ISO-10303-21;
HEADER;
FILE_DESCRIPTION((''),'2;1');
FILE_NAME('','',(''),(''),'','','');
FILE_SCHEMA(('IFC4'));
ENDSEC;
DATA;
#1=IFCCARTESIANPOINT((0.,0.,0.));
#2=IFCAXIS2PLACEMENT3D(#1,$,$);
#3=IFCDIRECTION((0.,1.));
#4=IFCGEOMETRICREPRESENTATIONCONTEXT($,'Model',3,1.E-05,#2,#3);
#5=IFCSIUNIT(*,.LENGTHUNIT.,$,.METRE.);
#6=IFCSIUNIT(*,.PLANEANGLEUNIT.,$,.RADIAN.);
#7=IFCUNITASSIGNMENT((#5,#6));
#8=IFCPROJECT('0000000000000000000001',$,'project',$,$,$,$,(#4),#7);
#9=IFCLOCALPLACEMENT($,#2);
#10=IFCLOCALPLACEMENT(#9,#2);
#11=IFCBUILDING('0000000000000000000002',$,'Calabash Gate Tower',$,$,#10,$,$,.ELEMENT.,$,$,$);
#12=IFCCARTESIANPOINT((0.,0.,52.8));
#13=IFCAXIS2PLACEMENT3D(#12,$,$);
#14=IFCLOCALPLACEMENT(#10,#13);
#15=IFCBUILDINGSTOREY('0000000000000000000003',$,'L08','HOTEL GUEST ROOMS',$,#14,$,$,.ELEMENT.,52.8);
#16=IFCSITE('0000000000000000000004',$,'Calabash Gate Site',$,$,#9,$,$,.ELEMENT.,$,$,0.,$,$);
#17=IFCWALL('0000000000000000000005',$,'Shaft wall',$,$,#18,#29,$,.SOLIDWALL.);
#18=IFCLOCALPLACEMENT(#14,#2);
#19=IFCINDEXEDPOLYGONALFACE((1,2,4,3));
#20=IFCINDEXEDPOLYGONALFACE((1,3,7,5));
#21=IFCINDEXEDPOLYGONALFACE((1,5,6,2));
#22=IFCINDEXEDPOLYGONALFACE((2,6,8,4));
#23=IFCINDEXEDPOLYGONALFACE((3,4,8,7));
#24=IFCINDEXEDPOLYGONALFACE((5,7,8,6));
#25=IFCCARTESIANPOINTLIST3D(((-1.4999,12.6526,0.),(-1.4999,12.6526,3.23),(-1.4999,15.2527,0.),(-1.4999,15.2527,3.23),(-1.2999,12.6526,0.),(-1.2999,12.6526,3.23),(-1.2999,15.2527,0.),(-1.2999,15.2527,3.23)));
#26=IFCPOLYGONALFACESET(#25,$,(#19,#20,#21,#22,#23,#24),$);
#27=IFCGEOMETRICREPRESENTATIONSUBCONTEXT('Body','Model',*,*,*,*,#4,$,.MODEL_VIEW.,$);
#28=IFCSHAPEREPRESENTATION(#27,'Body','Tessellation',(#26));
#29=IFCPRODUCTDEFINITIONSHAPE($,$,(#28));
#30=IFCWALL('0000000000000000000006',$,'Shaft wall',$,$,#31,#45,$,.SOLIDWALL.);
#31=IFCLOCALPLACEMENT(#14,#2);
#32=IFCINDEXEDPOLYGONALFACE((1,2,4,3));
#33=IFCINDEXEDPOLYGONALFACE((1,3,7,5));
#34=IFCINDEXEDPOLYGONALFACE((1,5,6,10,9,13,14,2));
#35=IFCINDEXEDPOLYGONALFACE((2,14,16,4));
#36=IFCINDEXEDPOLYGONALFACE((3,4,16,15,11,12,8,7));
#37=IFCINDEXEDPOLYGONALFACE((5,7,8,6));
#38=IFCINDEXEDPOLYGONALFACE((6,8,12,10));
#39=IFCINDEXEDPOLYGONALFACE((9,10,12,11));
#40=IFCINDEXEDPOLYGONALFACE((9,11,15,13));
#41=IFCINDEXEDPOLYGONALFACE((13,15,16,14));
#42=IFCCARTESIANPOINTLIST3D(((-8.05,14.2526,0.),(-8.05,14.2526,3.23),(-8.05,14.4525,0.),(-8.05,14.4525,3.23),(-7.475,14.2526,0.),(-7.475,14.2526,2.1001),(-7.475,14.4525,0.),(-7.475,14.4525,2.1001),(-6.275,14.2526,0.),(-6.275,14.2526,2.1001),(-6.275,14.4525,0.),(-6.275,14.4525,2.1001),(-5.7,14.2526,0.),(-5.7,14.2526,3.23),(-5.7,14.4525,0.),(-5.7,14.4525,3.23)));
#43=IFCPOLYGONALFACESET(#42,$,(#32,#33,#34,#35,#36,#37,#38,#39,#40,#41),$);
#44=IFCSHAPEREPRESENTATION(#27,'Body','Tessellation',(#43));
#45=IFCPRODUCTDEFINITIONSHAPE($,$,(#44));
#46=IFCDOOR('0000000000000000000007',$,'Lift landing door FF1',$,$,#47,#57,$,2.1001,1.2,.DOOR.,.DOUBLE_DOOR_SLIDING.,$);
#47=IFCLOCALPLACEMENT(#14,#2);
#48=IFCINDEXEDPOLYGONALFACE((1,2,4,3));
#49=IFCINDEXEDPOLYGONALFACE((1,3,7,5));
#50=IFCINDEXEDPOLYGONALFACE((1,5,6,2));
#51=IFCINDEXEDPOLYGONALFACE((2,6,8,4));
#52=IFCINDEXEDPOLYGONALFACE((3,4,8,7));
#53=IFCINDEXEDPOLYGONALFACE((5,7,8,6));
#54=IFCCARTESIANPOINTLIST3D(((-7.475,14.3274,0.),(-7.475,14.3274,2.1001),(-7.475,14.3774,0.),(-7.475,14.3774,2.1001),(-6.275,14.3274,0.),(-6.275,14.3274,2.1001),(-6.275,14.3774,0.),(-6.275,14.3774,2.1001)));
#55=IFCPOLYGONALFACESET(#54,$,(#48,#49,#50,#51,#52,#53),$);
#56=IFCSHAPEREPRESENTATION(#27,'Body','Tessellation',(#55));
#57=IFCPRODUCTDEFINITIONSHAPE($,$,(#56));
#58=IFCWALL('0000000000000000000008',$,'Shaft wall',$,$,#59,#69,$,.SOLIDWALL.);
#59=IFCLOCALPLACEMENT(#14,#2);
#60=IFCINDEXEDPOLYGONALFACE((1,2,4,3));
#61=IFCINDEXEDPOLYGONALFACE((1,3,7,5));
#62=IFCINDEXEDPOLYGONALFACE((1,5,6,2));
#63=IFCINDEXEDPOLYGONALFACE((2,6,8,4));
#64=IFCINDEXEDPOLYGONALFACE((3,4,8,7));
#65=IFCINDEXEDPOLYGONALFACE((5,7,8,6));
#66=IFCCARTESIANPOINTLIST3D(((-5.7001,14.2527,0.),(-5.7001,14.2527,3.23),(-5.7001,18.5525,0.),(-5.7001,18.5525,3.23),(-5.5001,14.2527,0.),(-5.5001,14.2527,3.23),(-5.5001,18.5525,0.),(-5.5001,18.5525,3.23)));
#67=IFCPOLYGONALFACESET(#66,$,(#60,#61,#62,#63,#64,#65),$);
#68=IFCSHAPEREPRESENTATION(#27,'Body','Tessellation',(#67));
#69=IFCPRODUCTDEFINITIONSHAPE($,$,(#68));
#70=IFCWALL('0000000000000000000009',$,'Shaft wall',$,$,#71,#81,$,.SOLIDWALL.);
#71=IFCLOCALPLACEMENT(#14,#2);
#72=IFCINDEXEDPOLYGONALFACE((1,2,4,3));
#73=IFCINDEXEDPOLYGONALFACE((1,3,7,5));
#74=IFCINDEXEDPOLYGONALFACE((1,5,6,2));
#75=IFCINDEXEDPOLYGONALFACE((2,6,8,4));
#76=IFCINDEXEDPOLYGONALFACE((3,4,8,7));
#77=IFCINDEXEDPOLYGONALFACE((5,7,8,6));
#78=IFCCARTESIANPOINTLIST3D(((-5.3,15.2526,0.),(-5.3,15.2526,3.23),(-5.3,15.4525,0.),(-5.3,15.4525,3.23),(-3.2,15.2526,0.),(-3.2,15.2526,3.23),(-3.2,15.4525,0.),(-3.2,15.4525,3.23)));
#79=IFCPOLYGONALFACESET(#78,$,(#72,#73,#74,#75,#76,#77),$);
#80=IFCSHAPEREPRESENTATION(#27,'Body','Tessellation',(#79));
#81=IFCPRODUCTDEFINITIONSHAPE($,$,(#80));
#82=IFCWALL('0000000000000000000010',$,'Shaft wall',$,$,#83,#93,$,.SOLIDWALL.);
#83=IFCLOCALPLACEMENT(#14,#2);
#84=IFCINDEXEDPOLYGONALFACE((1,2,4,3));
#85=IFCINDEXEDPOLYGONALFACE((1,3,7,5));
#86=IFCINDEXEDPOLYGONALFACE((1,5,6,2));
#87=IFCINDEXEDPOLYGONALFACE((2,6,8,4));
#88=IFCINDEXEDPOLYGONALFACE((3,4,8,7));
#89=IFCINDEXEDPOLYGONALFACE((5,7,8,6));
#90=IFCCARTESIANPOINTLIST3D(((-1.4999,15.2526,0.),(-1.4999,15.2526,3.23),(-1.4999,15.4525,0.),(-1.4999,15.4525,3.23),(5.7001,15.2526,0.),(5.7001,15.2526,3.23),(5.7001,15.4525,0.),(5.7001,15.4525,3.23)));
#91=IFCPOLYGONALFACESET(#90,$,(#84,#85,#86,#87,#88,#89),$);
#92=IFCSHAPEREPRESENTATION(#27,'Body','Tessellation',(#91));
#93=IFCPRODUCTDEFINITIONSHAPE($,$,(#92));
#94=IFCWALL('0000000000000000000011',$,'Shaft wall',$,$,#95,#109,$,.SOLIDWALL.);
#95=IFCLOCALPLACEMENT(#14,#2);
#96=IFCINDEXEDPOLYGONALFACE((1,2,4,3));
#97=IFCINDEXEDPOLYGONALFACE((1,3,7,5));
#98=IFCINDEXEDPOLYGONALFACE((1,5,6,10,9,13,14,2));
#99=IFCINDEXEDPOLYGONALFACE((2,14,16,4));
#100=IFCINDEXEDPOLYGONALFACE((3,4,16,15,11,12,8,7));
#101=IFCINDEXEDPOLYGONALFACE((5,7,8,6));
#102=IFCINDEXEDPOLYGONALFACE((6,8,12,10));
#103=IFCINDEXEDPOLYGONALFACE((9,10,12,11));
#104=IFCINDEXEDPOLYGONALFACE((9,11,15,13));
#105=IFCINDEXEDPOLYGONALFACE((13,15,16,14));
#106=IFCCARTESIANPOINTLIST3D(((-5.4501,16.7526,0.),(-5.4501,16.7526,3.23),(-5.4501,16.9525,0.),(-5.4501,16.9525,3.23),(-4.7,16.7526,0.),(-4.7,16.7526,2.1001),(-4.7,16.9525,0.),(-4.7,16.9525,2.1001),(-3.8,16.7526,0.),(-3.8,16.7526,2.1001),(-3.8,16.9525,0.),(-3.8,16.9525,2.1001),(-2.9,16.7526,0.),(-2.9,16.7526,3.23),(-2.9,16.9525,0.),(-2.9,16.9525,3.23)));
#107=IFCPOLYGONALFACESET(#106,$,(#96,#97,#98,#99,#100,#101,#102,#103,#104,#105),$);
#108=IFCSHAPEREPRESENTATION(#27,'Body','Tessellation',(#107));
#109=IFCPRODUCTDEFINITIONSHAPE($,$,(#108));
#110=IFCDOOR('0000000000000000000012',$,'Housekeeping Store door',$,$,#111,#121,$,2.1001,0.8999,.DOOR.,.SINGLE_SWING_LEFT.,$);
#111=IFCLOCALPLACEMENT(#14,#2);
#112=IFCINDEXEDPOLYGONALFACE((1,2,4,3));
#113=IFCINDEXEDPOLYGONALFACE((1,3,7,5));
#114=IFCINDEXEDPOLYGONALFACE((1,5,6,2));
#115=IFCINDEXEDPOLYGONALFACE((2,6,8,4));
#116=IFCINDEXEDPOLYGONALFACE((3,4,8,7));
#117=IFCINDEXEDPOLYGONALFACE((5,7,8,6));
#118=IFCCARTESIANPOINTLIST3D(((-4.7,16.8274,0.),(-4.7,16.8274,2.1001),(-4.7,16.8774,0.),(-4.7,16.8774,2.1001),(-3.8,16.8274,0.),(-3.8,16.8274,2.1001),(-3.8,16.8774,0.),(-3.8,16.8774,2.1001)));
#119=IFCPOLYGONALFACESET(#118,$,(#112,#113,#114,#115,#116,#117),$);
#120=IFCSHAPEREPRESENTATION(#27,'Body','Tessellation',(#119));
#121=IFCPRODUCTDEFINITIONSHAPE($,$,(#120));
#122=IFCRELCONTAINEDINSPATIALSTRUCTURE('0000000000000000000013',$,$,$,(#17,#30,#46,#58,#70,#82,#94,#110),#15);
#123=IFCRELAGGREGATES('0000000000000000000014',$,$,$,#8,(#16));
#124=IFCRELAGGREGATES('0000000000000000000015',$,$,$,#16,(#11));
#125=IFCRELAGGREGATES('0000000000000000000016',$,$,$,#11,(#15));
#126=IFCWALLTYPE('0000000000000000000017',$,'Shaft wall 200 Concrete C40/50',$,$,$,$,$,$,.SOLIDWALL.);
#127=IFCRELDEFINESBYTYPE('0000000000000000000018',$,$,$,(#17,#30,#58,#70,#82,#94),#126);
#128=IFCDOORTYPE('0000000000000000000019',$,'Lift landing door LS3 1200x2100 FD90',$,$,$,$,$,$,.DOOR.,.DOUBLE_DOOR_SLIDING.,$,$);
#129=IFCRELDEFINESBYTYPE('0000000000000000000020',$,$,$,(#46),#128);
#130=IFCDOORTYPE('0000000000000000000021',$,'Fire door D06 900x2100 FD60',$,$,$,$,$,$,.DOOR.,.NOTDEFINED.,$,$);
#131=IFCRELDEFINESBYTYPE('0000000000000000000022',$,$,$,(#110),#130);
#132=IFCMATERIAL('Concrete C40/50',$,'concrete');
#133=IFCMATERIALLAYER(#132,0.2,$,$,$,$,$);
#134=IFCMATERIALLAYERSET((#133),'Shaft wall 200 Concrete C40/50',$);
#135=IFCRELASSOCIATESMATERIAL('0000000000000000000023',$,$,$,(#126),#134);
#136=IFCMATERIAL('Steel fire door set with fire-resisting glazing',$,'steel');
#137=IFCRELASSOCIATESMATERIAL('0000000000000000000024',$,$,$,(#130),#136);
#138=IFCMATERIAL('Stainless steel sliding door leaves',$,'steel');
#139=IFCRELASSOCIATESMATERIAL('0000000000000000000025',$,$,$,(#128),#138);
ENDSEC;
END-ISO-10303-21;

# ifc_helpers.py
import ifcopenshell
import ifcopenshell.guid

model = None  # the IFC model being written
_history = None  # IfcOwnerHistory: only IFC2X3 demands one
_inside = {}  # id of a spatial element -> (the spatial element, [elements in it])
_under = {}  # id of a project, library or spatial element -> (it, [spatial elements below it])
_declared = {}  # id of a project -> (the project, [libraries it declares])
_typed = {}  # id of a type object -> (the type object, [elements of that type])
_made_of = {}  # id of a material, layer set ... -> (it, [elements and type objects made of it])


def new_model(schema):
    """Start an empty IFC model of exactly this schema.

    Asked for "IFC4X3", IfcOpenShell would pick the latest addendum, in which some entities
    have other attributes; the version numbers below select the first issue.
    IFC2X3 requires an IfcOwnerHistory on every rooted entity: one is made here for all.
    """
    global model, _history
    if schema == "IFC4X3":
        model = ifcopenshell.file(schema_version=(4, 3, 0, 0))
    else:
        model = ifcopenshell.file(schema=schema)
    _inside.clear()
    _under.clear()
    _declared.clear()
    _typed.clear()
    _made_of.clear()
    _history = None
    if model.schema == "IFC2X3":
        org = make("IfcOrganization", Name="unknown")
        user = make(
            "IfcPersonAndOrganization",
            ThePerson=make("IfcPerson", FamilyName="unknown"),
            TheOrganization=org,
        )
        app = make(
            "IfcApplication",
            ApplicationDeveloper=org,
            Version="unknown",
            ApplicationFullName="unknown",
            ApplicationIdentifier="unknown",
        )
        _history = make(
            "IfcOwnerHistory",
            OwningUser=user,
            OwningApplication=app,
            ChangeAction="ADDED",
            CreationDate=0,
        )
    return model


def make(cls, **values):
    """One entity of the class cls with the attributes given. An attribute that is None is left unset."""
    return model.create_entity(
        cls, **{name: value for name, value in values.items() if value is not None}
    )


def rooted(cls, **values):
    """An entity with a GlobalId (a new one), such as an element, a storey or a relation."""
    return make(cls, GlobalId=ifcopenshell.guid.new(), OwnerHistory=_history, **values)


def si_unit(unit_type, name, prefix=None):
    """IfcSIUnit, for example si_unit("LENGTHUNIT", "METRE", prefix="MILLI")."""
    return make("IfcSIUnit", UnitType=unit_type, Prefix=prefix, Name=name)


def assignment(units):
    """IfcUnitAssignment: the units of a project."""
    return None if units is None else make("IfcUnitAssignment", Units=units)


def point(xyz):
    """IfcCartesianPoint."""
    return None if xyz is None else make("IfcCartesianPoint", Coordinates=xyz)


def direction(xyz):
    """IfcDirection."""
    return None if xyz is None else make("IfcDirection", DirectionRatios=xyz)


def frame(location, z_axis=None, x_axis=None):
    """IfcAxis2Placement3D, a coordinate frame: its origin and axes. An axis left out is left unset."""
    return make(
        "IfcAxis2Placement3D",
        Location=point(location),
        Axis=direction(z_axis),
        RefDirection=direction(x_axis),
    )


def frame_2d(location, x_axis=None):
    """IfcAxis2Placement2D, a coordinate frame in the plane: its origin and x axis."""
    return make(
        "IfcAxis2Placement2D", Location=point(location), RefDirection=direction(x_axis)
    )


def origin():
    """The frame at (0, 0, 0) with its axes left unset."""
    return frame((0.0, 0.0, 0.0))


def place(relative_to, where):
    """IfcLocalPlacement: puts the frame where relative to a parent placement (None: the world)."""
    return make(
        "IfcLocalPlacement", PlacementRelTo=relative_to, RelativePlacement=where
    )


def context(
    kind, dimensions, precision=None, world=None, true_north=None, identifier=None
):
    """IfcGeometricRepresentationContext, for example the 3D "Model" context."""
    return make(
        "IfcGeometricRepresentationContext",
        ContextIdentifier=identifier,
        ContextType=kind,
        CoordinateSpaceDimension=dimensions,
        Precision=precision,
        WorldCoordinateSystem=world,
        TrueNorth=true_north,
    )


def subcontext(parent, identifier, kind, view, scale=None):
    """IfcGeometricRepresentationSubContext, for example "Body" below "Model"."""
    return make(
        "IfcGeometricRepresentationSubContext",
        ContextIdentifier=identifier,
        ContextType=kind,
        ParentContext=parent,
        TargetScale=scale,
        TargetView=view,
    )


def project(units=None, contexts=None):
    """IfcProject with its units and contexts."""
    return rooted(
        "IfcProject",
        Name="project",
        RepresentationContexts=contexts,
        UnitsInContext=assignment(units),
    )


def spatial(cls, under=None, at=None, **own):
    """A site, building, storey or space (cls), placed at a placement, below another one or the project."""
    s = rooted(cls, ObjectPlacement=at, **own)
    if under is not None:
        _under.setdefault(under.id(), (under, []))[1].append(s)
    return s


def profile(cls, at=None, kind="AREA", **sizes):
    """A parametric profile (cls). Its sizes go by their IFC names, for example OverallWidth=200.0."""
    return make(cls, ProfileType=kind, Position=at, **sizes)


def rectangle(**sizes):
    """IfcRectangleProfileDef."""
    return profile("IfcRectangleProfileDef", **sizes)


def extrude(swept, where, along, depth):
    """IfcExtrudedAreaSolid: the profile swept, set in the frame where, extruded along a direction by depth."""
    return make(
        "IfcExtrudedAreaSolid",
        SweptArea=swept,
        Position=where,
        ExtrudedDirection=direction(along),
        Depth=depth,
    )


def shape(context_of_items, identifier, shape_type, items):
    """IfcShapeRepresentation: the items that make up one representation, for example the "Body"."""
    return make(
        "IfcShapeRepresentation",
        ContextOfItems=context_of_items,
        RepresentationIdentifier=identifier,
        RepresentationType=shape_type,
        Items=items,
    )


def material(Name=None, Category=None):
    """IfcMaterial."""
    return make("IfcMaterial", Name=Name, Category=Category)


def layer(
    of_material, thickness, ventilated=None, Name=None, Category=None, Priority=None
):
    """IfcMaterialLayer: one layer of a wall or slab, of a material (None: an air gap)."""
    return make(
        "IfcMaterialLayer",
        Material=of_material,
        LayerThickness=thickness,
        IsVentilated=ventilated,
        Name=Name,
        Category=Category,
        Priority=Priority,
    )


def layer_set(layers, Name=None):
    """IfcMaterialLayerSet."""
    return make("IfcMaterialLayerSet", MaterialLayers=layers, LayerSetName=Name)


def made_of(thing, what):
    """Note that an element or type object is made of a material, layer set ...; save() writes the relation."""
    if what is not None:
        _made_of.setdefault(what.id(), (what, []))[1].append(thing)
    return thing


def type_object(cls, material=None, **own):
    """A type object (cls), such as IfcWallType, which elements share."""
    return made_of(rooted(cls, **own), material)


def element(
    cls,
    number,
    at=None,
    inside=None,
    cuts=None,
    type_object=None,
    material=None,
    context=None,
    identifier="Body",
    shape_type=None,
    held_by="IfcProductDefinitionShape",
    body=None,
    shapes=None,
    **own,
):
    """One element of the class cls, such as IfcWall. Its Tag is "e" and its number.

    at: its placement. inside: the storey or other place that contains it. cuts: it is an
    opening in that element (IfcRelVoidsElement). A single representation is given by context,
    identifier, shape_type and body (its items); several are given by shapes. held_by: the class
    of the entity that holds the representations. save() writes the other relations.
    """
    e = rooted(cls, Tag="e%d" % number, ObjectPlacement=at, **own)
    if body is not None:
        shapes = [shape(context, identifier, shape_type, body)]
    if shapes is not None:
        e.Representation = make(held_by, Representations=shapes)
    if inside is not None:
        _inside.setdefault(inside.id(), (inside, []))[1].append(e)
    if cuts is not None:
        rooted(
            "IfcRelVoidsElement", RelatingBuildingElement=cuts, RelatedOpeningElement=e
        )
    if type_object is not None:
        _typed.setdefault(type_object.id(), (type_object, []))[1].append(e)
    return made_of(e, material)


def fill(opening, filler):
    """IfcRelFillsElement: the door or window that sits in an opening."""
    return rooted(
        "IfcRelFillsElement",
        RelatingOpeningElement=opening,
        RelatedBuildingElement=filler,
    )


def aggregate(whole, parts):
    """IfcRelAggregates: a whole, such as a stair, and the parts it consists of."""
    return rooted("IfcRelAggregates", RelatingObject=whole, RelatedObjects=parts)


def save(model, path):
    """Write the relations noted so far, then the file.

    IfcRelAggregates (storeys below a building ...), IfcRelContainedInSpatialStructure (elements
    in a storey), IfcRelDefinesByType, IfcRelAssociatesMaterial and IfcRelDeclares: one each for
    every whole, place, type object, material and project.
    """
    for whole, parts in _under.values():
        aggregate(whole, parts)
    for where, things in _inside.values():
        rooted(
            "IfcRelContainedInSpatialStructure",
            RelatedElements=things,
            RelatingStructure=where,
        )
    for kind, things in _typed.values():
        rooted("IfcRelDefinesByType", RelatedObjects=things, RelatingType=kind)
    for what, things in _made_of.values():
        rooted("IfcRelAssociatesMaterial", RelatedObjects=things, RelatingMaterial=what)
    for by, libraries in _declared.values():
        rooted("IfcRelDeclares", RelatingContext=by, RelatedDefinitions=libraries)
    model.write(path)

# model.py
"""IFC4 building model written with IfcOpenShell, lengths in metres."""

from ifc_helpers import new_model, si_unit, direction, frame, frame_2d, origin, place, context, subcontext, project, spatial, rectangle, extrude, material, layer, layer_set, type_object, element, fill, save


model = new_model("IFC4")

# Units and contexts
model_context = context("Model", 3, precision=1e-05, world=origin(), true_north=direction((0.0, 1.0)))
body_context = subcontext(model_context, "Body", "Model", "MODEL_VIEW")
ifc_project = project(units=[si_unit("LENGTHUNIT", "METRE"), si_unit("PLANEANGLEUNIT", "RADIAN")], contexts=[model_context])

# Site, building, storey
site_placement = place(None, origin())
site = spatial("IfcSite", under=ifc_project, at=site_placement, Name="Calabash Gate Site", CompositionType="ELEMENT", RefElevation=0.0)
building_placement = place(site_placement, origin())
building = spatial("IfcBuilding", under=site, at=building_placement, Name="Calabash Gate Tower", CompositionType="ELEMENT")
storey_placement = place(building_placement, frame((0.0, 0.0, 52.8)))
storey = spatial("IfcBuildingStorey", under=building, at=storey_placement, Name="L08", Description="HOTEL GUEST ROOMS", CompositionType="ELEMENT", Elevation=52.8)

# Shared definitions
ifc_material_1 = material(Name="Concrete C40/50", Category="concrete")
ifc_layer_1 = layer(ifc_material_1, 0.2)
ifc_layer_set_1 = layer_set([ifc_layer_1], Name="Shaft wall 200 Concrete C40/50")
wall_type_1 = type_object("IfcWallType", Name="Shaft wall 200 Concrete C40/50", PredefinedType="SOLIDWALL", material=ifc_layer_set_1)
ifc_material_2 = material(Name="Steel fire door set with fire-resisting glazing", Category="steel")
door_type_1 = type_object("IfcDoorType", Name="Fire door D06 900x2100 FD60", OperationType="NOTDEFINED", PredefinedType="DOOR", material=ifc_material_2)

# Wall
for number, where, z_axis, x_axis, name in (
    (1, (-1.3999, 12.6526, 0.0), (0.0, 0.0, 1.0), (0.0, 1.0, 0.0), "Shaft wall"),
):
    element("IfcWall", number, at=place(storey_placement, frame(where, z_axis=z_axis, x_axis=x_axis)), inside=storey, type_object=wall_type_1, Name=name, PredefinedType="SOLIDWALL", context=body_context, shape_type="SweptSolid", body=[
        extrude(rectangle(XDim=2.6001, YDim=0.2, at=frame_2d((1.3, 0.0))), origin(), (0.0, 0.0, 1.0), 3.23),
    ])

# Wall, opening, door
wall_1_placement = place(storey_placement, frame((-8.05, 14.3525, 0.0), z_axis=(0.0, 0.0, 1.0), x_axis=(1.0, 0.0, 0.0)))
wall_1 = element("IfcWall", 2, at=wall_1_placement, inside=storey, type_object=wall_type_1, Name="Shaft wall", PredefinedType="SOLIDWALL", context=body_context, shape_type="SweptSolid", body=[
    extrude(rectangle(XDim=2.3501, YDim=0.2, at=frame_2d((1.175, 0.0))), origin(), (0.0, 0.0, 1.0), 3.23),
])
opening_1_placement = place(wall_1_placement, frame((0.575, 0.0, 0.0)))
opening_1 = element("IfcOpeningElement", 3, at=opening_1_placement, cuts=wall_1, PredefinedType="OPENING", context=body_context, shape_type="SweptSolid", body=[
    extrude(rectangle(XDim=1.2, YDim=2.1001, at=frame_2d((0.6001, 1.05))), frame((0.0, 0.1099, 0.0), z_axis=(0.0, -1.0, 0.0), x_axis=(1.0, 0.0, 0.0)), (0.0, 0.0, 1.0), 0.22),
])
ifc_material_3 = material(Name="Stainless steel sliding door leaves", Category="steel")
door_type_2 = type_object("IfcDoorType", Name="Lift landing door LS3 1200x2100 FD90", OperationType="DOUBLE_DOOR_SLIDING", PredefinedType="DOOR", material=ifc_material_3)
door_1_placement = place(opening_1_placement, origin())
door_1 = element("IfcDoor", 4, at=door_1_placement, inside=storey, type_object=door_type_2, Name="Lift landing door FF1", OperationType="DOUBLE_DOOR_SLIDING", OverallHeight=2.1001, OverallWidth=1.2, PredefinedType="DOOR", context=body_context, shape_type="SweptSolid", body=[
    extrude(rectangle(XDim=1.2, YDim=2.1001, at=frame_2d((0.6001, 1.05))), frame((0.0, 0.0249, 0.0), z_axis=(0.0, -1.0, 0.0), x_axis=(1.0, 0.0, 0.0)), (0.0, 0.0, 1.0), 0.05),
])
fill(opening_1, door_1)

# Walls
wall_2_placement = place(storey_placement, frame((-5.6001, 14.2527, 0.0), z_axis=(0.0, 0.0, 1.0), x_axis=(0.0, 1.0, 0.0)))
element("IfcWall", 5, at=wall_2_placement, inside=storey, type_object=wall_type_1, Name="Shaft wall", PredefinedType="SOLIDWALL", context=body_context, shape_type="SweptSolid", body=[
    extrude(rectangle(XDim=4.2998, YDim=0.2, at=frame_2d((2.1499, 0.0))), origin(), (0.0, 0.0, 1.0), 3.23),
])
wall_3_placement = place(storey_placement, frame((-5.3, 15.3525, 0.0), z_axis=(0.0, 0.0, 1.0), x_axis=(1.0, 0.0, 0.0)))
element("IfcWall", 6, at=wall_3_placement, inside=storey, type_object=wall_type_1, Name="Shaft wall", PredefinedType="SOLIDWALL", context=body_context, shape_type="SweptSolid", body=[
    extrude(rectangle(XDim=2.1001, YDim=0.2, at=frame_2d((1.05, 0.0))), origin(), (0.0, 0.0, 1.0), 3.23),
])
wall_4_placement = place(storey_placement, frame((-1.5, 15.3525, 0.0), z_axis=(0.0, 0.0, 1.0), x_axis=(1.0, 0.0, 0.0)))
element("IfcWall", 7, at=wall_4_placement, inside=storey, type_object=wall_type_1, Name="Shaft wall", PredefinedType="SOLIDWALL", context=body_context, shape_type="SweptSolid", body=[
    extrude(rectangle(XDim=7.2, YDim=0.2, at=frame_2d((3.6001, 0.0))), origin(), (0.0, 0.0, 1.0), 3.23),
])

# Wall, opening, door
wall_5_placement = place(storey_placement, frame((-5.45, 16.8525, 0.0), z_axis=(0.0, 0.0, 1.0), x_axis=(1.0, 0.0, 0.0)))
wall_5 = element("IfcWall", 8, at=wall_5_placement, inside=storey, type_object=wall_type_1, Name="Shaft wall", PredefinedType="SOLIDWALL", context=body_context, shape_type="SweptSolid", body=[
    extrude(rectangle(XDim=2.55, YDim=0.2, at=frame_2d((1.2749, 0.0))), origin(), (0.0, 0.0, 1.0), 3.23),
])
opening_2_placement = place(wall_5_placement, frame((0.75, 0.0, 0.0)))
opening_2 = element("IfcOpeningElement", 9, at=opening_2_placement, cuts=wall_5, PredefinedType="OPENING", context=body_context, shape_type="SweptSolid", body=[
    extrude(rectangle(XDim=0.8999, YDim=2.1001, at=frame_2d((0.45, 1.05))), frame((0.0, 0.1099, 0.0), z_axis=(0.0, -1.0, 0.0), x_axis=(1.0, 0.0, 0.0)), (0.0, 0.0, 1.0), 0.22),
])
door_2_placement = place(opening_2_placement, origin())
door_2 = element("IfcDoor", 10, at=door_2_placement, inside=storey, type_object=door_type_1, Name="Housekeeping Store door", OperationType="SINGLE_SWING_LEFT", OverallHeight=2.1001, OverallWidth=0.8999, PredefinedType="DOOR", context=body_context, shape_type="SweptSolid", body=[
    extrude(rectangle(XDim=0.8999, YDim=2.1001, at=frame_2d((0.45, 1.05))), frame((0.0, 0.0249, 0.0), z_axis=(0.0, -1.0, 0.0), x_axis=(1.0, 0.0, 0.0)), (0.0, 0.0, 1.0), 0.05),
])
fill(opening_2, door_2)

save(model, "model.ifc")
